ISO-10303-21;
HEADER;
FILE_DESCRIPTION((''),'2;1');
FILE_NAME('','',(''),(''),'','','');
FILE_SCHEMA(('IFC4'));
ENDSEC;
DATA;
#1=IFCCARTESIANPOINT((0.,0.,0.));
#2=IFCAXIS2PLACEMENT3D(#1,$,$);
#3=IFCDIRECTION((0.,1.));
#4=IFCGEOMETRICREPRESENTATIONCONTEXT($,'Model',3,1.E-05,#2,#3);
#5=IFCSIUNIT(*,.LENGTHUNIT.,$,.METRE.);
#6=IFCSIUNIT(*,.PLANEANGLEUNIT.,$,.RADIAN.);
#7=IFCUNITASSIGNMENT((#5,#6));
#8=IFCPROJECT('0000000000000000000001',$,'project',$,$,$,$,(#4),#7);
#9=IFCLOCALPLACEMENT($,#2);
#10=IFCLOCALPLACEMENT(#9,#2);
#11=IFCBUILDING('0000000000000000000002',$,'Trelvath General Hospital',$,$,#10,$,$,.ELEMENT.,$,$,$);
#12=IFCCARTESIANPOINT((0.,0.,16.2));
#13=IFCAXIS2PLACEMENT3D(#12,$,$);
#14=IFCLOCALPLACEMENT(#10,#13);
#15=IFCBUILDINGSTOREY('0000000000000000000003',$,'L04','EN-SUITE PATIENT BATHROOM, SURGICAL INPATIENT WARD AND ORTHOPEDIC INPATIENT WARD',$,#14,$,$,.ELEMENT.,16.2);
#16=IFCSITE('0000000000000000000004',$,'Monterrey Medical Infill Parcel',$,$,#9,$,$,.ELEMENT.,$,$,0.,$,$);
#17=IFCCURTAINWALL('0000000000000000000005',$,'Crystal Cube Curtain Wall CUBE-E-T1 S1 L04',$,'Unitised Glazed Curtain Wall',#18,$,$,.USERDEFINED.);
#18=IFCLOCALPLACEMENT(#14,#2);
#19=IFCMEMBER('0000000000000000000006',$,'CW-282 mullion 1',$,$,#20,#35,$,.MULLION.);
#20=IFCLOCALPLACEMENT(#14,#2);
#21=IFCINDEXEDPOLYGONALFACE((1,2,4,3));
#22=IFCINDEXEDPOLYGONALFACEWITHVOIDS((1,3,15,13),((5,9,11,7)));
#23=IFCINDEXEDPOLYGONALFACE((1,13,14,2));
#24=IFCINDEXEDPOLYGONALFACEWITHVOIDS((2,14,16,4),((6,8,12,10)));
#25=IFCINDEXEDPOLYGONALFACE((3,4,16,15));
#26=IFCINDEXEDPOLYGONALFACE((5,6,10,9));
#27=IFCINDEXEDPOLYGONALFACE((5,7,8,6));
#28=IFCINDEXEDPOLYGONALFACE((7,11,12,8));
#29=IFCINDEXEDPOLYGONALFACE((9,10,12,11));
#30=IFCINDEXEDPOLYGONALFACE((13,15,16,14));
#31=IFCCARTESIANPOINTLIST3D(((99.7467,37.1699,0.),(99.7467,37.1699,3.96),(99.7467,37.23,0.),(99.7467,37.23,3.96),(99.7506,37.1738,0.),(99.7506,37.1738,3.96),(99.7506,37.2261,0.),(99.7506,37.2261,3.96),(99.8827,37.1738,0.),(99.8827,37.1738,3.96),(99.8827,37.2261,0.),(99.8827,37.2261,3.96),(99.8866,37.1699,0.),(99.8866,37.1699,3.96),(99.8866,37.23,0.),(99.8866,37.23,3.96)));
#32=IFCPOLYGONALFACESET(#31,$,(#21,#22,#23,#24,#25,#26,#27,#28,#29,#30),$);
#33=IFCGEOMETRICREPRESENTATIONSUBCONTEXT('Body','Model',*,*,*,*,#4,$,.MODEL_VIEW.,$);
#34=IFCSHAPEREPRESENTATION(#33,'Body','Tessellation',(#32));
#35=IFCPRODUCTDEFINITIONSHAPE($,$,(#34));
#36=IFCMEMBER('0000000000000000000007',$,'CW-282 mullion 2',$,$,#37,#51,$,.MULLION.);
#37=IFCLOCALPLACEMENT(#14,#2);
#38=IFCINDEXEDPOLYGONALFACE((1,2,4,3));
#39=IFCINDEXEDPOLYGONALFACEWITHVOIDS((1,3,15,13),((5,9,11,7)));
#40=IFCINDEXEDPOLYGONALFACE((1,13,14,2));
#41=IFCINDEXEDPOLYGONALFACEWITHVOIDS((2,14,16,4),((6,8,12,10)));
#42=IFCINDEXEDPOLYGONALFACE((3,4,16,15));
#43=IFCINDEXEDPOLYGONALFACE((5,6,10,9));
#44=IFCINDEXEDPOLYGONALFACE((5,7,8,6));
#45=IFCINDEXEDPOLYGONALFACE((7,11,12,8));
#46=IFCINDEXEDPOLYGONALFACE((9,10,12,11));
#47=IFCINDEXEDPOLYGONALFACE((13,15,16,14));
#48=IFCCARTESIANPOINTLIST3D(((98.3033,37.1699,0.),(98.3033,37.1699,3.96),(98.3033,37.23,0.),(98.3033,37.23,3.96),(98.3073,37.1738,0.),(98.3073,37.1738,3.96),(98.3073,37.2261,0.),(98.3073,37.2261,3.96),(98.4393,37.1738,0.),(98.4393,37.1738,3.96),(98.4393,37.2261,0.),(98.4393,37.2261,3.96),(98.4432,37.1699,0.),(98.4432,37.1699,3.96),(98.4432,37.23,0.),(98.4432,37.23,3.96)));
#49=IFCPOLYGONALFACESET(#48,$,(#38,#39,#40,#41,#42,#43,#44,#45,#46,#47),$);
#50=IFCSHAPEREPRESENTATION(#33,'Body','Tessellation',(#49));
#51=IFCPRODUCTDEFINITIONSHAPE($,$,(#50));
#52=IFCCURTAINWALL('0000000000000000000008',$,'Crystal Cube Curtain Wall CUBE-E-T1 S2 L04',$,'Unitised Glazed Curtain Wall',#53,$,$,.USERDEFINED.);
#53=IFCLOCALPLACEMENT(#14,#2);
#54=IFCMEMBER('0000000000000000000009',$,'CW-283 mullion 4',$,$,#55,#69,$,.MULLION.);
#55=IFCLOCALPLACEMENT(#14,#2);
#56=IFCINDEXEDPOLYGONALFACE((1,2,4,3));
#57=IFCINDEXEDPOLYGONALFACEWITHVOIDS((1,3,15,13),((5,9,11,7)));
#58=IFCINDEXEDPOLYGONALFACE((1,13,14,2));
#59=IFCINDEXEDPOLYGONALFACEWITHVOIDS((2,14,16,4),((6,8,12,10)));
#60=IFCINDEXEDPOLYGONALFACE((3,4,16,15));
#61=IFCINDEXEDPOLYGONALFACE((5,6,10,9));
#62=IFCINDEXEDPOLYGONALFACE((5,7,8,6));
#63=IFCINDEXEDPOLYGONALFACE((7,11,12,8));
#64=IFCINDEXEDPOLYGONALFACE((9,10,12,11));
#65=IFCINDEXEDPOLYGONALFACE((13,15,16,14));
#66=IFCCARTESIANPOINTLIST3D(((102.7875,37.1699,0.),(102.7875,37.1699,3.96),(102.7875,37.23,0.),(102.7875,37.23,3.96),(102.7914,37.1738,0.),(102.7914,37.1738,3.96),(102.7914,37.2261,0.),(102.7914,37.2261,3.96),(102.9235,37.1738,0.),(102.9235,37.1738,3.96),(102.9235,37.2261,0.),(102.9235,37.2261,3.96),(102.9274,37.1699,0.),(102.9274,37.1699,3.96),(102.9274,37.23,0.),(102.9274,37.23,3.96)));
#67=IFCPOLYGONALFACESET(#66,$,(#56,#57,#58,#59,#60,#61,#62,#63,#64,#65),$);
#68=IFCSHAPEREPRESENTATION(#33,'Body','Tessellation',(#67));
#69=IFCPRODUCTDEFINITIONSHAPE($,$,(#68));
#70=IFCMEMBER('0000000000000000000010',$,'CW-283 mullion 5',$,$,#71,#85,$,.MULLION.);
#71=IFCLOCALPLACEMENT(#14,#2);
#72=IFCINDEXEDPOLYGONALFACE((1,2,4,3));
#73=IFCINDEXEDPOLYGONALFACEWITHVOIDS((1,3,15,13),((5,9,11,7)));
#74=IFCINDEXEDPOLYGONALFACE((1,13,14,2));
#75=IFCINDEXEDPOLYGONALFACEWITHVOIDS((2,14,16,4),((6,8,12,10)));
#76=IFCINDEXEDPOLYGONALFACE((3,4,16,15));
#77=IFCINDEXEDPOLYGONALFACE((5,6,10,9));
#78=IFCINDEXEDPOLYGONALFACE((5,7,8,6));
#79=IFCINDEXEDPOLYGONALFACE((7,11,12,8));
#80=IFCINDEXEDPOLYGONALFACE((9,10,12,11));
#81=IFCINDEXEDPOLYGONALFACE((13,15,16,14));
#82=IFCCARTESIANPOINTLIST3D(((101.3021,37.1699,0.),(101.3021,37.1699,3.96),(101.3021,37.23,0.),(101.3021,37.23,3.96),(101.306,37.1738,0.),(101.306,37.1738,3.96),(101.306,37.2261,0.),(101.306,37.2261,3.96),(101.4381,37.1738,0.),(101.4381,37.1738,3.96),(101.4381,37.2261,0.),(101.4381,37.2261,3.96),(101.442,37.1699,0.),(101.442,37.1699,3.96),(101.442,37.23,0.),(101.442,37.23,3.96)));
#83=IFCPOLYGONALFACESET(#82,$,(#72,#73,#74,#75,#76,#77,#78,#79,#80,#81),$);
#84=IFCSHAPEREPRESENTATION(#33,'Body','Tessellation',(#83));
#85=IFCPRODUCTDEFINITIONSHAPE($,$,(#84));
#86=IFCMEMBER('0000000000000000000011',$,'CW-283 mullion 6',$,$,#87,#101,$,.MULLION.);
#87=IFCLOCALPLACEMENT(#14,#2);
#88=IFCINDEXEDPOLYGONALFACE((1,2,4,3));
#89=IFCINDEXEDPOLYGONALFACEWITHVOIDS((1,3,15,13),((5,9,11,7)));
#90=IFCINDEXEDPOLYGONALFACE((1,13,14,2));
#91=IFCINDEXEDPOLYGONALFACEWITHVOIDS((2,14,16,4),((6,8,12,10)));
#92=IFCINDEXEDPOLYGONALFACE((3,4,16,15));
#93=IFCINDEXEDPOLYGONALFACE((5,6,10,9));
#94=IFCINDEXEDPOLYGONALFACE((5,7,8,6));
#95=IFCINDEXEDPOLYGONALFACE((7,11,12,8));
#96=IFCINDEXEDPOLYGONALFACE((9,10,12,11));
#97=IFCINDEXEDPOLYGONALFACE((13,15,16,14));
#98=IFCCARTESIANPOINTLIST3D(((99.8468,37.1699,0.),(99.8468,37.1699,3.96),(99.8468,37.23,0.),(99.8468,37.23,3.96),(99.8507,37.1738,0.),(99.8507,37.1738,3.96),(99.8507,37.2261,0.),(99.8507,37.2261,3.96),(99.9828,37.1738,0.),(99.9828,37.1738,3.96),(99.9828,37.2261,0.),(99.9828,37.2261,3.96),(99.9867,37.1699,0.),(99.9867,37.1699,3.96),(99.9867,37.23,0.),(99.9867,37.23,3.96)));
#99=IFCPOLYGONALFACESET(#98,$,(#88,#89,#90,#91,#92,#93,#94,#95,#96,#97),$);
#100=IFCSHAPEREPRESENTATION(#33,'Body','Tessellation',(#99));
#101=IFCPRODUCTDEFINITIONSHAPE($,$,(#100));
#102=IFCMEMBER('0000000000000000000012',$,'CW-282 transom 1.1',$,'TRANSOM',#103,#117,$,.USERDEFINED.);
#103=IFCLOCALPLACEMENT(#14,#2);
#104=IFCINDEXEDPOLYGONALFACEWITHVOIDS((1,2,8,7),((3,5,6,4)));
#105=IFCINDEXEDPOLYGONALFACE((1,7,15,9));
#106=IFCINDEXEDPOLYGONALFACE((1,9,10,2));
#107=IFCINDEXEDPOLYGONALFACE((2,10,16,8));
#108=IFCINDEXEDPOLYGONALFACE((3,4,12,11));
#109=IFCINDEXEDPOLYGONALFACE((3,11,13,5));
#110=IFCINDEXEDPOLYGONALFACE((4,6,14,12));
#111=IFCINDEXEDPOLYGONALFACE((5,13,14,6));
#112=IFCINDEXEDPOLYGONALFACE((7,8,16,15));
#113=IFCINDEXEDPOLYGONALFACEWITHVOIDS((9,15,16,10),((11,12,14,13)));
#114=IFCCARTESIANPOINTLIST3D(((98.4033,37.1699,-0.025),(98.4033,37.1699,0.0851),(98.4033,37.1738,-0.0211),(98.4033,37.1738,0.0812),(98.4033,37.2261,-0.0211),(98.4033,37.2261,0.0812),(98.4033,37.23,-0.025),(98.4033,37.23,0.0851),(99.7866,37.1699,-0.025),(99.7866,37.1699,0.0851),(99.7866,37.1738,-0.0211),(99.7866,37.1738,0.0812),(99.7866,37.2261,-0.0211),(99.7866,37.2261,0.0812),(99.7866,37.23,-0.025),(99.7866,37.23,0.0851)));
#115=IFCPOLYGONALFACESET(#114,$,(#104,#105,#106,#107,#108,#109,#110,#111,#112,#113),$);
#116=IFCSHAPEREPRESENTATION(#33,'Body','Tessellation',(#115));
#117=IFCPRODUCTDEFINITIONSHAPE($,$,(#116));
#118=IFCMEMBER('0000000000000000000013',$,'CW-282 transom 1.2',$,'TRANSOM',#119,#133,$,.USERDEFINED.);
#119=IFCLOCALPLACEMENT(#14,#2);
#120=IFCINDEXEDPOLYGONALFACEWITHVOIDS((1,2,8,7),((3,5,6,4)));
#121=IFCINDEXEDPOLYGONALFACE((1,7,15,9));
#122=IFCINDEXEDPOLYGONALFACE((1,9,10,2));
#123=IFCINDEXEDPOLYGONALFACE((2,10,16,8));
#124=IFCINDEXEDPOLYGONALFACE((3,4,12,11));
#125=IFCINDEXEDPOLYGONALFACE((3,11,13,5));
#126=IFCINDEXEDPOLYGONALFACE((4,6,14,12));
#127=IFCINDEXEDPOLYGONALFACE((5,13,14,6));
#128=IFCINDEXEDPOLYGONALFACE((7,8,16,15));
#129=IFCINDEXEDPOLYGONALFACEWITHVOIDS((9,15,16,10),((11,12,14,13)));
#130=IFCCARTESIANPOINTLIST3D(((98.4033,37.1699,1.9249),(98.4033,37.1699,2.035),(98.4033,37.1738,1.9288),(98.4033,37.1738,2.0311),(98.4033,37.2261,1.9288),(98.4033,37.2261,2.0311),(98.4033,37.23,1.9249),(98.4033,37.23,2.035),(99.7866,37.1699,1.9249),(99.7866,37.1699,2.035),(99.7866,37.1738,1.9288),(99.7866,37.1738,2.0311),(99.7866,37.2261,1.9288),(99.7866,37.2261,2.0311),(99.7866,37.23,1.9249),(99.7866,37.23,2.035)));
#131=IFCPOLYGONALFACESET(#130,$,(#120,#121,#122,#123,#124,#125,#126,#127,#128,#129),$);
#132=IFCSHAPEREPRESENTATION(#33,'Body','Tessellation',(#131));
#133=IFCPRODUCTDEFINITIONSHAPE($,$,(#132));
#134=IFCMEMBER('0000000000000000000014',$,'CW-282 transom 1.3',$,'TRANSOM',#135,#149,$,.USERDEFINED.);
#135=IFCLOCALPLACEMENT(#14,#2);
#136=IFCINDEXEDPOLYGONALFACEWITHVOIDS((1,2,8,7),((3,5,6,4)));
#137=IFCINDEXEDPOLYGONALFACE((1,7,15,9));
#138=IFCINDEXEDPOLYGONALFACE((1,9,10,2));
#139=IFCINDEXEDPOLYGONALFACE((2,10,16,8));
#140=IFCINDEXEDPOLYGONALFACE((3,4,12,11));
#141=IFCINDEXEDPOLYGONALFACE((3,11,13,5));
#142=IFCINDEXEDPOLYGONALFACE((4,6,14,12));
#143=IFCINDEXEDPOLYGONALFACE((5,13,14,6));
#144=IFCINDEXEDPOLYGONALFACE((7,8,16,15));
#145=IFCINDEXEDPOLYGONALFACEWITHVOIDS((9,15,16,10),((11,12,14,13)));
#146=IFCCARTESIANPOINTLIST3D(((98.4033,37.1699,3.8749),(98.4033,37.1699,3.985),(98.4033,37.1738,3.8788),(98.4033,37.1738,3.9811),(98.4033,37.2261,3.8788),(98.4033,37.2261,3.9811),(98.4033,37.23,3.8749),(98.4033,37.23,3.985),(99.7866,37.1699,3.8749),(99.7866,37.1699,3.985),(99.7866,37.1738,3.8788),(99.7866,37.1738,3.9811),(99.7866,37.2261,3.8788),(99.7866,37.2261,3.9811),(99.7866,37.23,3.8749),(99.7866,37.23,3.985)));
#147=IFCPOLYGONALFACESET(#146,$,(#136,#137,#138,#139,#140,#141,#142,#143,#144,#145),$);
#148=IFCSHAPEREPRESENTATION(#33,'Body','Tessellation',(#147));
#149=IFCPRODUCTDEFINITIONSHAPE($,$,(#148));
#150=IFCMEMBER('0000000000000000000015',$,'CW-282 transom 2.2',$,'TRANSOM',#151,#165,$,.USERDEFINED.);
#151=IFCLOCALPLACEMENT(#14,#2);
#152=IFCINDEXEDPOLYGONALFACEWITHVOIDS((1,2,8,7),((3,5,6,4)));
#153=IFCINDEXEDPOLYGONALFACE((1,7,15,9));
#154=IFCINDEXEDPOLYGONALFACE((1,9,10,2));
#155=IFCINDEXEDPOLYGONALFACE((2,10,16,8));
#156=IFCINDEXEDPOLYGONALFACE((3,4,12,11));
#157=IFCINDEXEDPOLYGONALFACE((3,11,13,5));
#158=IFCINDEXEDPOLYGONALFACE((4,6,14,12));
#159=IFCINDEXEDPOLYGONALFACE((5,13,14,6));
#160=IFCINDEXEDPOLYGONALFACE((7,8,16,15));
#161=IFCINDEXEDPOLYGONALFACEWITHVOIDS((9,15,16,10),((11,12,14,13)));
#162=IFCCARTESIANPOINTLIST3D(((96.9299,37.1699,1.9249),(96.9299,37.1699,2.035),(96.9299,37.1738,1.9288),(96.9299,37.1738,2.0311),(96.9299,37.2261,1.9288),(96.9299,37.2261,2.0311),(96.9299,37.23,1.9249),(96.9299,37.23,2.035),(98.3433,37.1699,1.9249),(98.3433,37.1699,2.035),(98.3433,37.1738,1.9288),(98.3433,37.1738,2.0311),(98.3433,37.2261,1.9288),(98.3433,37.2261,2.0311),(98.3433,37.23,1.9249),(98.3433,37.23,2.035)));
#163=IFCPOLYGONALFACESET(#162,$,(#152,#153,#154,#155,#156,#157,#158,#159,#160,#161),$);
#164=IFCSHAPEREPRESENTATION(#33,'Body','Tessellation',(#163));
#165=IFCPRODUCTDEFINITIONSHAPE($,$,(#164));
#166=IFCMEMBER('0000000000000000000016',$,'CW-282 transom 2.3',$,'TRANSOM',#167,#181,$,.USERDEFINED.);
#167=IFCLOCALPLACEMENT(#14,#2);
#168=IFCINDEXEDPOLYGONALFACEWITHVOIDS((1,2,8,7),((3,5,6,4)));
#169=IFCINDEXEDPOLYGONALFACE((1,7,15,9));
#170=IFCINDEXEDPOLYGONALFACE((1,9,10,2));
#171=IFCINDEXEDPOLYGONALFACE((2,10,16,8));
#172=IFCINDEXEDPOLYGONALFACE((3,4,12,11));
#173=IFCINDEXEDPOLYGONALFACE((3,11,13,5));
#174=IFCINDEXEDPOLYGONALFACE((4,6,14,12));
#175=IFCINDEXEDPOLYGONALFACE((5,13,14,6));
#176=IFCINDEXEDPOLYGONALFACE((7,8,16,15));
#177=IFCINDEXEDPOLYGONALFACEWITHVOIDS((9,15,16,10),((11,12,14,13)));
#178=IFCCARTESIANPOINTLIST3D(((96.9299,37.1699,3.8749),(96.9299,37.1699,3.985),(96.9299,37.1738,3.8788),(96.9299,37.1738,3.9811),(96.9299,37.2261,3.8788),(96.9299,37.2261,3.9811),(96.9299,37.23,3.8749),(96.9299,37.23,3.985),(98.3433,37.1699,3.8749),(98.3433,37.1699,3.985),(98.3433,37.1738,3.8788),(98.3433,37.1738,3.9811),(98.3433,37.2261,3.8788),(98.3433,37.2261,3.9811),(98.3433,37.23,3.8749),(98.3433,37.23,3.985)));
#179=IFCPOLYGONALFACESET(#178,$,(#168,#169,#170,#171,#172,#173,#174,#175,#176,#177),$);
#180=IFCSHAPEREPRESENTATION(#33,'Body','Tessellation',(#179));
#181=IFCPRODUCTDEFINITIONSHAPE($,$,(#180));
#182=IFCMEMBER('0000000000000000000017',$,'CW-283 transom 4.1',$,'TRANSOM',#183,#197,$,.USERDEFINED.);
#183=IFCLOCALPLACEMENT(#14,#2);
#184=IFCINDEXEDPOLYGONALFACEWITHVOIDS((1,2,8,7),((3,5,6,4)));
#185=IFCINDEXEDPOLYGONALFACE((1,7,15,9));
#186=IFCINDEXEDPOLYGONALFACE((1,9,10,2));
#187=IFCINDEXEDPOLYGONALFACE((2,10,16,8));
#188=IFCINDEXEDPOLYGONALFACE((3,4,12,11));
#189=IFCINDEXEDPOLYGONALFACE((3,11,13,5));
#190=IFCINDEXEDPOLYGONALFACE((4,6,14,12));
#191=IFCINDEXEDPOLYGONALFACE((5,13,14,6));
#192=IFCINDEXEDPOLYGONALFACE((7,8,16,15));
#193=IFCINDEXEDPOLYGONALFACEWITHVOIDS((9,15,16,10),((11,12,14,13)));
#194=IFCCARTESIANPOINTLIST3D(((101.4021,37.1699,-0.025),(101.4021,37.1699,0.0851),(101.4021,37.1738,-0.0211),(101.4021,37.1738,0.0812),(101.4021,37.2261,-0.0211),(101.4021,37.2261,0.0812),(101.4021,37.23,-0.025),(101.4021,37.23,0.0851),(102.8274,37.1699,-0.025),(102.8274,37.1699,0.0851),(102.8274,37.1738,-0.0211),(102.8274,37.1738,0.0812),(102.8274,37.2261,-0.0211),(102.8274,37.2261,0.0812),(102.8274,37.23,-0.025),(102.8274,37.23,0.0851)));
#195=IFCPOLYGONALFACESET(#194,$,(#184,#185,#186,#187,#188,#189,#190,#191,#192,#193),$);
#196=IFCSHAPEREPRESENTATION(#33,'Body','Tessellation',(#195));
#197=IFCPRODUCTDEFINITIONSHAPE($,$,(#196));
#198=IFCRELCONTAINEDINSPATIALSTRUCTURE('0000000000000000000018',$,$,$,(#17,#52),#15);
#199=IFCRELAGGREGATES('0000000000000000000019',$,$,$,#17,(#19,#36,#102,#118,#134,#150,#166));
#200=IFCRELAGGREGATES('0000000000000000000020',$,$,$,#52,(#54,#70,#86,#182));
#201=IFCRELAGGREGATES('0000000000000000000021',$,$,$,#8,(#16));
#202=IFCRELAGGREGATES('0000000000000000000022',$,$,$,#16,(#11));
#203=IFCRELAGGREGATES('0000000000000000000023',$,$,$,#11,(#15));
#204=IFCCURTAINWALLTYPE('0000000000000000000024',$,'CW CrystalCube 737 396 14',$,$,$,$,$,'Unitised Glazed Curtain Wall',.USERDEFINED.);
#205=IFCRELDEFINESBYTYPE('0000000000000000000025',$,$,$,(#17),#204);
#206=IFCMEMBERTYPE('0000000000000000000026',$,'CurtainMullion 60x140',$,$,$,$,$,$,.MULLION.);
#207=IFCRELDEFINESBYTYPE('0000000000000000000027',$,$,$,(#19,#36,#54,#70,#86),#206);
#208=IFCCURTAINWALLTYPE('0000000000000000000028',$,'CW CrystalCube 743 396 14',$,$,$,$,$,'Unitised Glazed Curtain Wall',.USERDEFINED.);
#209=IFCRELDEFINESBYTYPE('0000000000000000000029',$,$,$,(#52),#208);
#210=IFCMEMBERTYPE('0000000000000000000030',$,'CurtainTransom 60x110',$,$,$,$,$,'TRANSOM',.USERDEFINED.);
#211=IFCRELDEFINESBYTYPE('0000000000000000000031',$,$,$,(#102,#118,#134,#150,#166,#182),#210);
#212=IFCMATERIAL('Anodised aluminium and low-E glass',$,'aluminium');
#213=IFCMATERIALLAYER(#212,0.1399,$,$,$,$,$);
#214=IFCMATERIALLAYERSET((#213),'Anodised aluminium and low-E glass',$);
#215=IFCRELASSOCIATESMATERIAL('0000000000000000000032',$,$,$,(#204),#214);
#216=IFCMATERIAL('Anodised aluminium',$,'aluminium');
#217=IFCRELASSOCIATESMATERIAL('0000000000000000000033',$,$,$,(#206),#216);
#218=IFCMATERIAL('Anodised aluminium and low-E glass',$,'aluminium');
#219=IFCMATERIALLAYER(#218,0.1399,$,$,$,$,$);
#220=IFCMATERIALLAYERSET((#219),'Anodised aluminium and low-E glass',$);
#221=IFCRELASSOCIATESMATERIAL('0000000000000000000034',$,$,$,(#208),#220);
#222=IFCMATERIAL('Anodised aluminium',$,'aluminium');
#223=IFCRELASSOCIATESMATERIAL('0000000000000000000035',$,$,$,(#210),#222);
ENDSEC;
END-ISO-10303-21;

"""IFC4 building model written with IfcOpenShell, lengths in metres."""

from ifc_helpers import new_model, si_unit, direction, frame, origin, origin_2d, place, context, subcontext, project, spatial, hollow_rectangle, extrude, material, layer, layer_set, material_profile, profile_set, type_object, element, aggregate, save


model = new_model("IFC4")

# Units and contexts
model_context = context("Model", 3, precision=1e-05, world=origin(), true_north=direction((0.0, 1.0)))
body_context = subcontext(model_context, "Body", "Model", "MODEL_VIEW")
ifc_project = project(units=[si_unit("LENGTHUNIT", "METRE"), si_unit("PLANEANGLEUNIT", "RADIAN")], contexts=[model_context])

# Site, building, storey
site_placement = place(None, origin())
site = spatial("IfcSite", under=ifc_project, at=site_placement, Name="Monterrey Medical Infill Parcel", CompositionType="ELEMENT", RefElevation=0.0)
building_placement = place(site_placement, origin())
building = spatial("IfcBuilding", under=site, at=building_placement, Name="Trelvath General Hospital", CompositionType="ELEMENT")
storey_placement = place(building_placement, frame((0.0, 0.0, 16.2)))
storey = spatial("IfcBuildingStorey", under=building, at=storey_placement, Name="L04", Description="EN-SUITE PATIENT BATHROOM, SURGICAL INPATIENT WARD AND ORTHOPEDIC INPATIENT WARD", CompositionType="ELEMENT", Elevation=16.2)

# Curtain walls, members
ifc_material_1 = material(Name="Anodised aluminium and low-E glass", Category="aluminium")
ifc_layer_1 = layer(ifc_material_1, 0.1399)
ifc_layer_set_1 = layer_set([ifc_layer_1], Name="Anodised aluminium and low-E glass")
curtain_wall_type_1 = type_object("IfcCurtainWallType", Name="CW CrystalCube 737 396 14", ElementType="Unitised Glazed Curtain Wall", PredefinedType="USERDEFINED", material=ifc_layer_set_1)
curtain_wall_1_placement = place(storey_placement, origin())
curtain_wall_1 = element("IfcCurtainWall", 1, at=curtain_wall_1_placement, inside=storey, type_object=curtain_wall_type_1, Name="Crystal Cube Curtain Wall CUBE-E-T1 S1 L04", ObjectType="Unitised Glazed Curtain Wall", PredefinedType="USERDEFINED")
ifc_material_2 = material(Name="Anodised aluminium", Category="aluminium")
ifc_material_profile_1 = material_profile(ifc_material_2, hollow_rectangle(XDim=0.0601, YDim=0.1399, WallThickness=0.0039, at=origin_2d()), Name="RHS60x140x4")
ifc_profile_set_1 = profile_set([ifc_material_profile_1], Name="Anodised aluminium")
member_type_1 = type_object("IfcMemberType", Name="CurtainMullion 60x140", PredefinedType="MULLION", material=ifc_profile_set_1)
member_1_placement = place(storey_placement, frame((99.8167, 37.2, 0.0), z_axis=(0.0, 0.0, 1.0), x_axis=(0.0, -1.0, 0.0)))
member_1 = element("IfcMember", 2, at=member_1_placement, type_object=member_type_1, Name="CW-282 mullion 1", PredefinedType="MULLION", context=body_context, shape_type="SweptSolid", body=[
    extrude(hollow_rectangle(XDim=0.0601, YDim=0.1399, WallThickness=0.0039, at=origin_2d()), origin(), (0.0, 0.0, 1.0), 3.96),
])
member_2_placement = place(storey_placement, frame((98.3733, 37.2, 0.0), z_axis=(0.0, 0.0, 1.0), x_axis=(0.0, -1.0, 0.0)))
member_2 = element("IfcMember", 3, at=member_2_placement, type_object=member_type_1, Name="CW-282 mullion 2", PredefinedType="MULLION", context=body_context, shape_type="SweptSolid", body=[
    extrude(hollow_rectangle(XDim=0.0601, YDim=0.1399, WallThickness=0.0039, at=origin_2d()), origin(), (0.0, 0.0, 1.0), 3.96),
])
ifc_material_3 = material(Name="Anodised aluminium and low-E glass", Category="aluminium")
ifc_layer_2 = layer(ifc_material_3, 0.1399)
ifc_layer_set_2 = layer_set([ifc_layer_2], Name="Anodised aluminium and low-E glass")
curtain_wall_type_2 = type_object("IfcCurtainWallType", Name="CW CrystalCube 743 396 14", ElementType="Unitised Glazed Curtain Wall", PredefinedType="USERDEFINED", material=ifc_layer_set_2)
curtain_wall_2_placement = place(storey_placement, origin())
curtain_wall_2 = element("IfcCurtainWall", 4, at=curtain_wall_2_placement, inside=storey, type_object=curtain_wall_type_2, Name="Crystal Cube Curtain Wall CUBE-E-T1 S2 L04", ObjectType="Unitised Glazed Curtain Wall", PredefinedType="USERDEFINED")
member_3_placement = place(storey_placement, frame((102.8574, 37.2, 0.0), z_axis=(0.0, 0.0, 1.0), x_axis=(0.0, -1.0, 0.0)))
member_3 = element("IfcMember", 5, at=member_3_placement, type_object=member_type_1, Name="CW-283 mullion 4", PredefinedType="MULLION", context=body_context, shape_type="SweptSolid", body=[
    extrude(hollow_rectangle(XDim=0.0601, YDim=0.1399, WallThickness=0.0039, at=origin_2d()), origin(), (0.0, 0.0, 1.0), 3.96),
])
member_4_placement = place(storey_placement, frame((101.3721, 37.2, 0.0), z_axis=(0.0, 0.0, 1.0), x_axis=(0.0, -1.0, 0.0)))
member_4 = element("IfcMember", 6, at=member_4_placement, type_object=member_type_1, Name="CW-283 mullion 5", PredefinedType="MULLION", context=body_context, shape_type="SweptSolid", body=[
    extrude(hollow_rectangle(XDim=0.0601, YDim=0.1399, WallThickness=0.0039, at=origin_2d()), origin(), (0.0, 0.0, 1.0), 3.96),
])
member_5_placement = place(storey_placement, frame((99.9167, 37.2, 0.0), z_axis=(0.0, 0.0, 1.0), x_axis=(0.0, -1.0, 0.0)))
member_5 = element("IfcMember", 7, at=member_5_placement, type_object=member_type_1, Name="CW-283 mullion 6", PredefinedType="MULLION", context=body_context, shape_type="SweptSolid", body=[
    extrude(hollow_rectangle(XDim=0.0601, YDim=0.1399, WallThickness=0.0039, at=origin_2d()), origin(), (0.0, 0.0, 1.0), 3.96),
])

# Members
ifc_material_4 = material(Name="Anodised aluminium", Category="aluminium")
ifc_material_profile_2 = material_profile(ifc_material_4, hollow_rectangle(XDim=0.0601, YDim=0.1101, WallThickness=0.0039, at=origin_2d()), Name="RHS60x110x4")
ifc_profile_set_2 = profile_set([ifc_material_profile_2], Name="Anodised aluminium")
member_type_2 = type_object("IfcMemberType", Name="CurtainTransom 60x110", ElementType="TRANSOM", PredefinedType="USERDEFINED", material=ifc_profile_set_2)
member_6_placement = place(storey_placement, frame((99.7866, 37.2, 0.03), z_axis=(-1.0, 0.0, 0.0), x_axis=(0.0, -1.0, 0.0)))
member_6 = element("IfcMember", 8, at=member_6_placement, type_object=member_type_2, Name="CW-282 transom 1.1", ObjectType="TRANSOM", PredefinedType="USERDEFINED", context=body_context, shape_type="SweptSolid", body=[
    extrude(hollow_rectangle(XDim=0.0601, YDim=0.1101, WallThickness=0.0039, at=origin_2d()), origin(), (0.0, 0.0, 1.0), 1.3833),
])
member_7_placement = place(storey_placement, frame((99.7866, 37.2, 1.98), z_axis=(-1.0, 0.0, 0.0), x_axis=(0.0, -1.0, 0.0)))
member_7 = element("IfcMember", 9, at=member_7_placement, type_object=member_type_2, Name="CW-282 transom 1.2", ObjectType="TRANSOM", PredefinedType="USERDEFINED", context=body_context, shape_type="SweptSolid", body=[
    extrude(hollow_rectangle(XDim=0.0601, YDim=0.1101, WallThickness=0.0039, at=origin_2d()), origin(), (0.0, 0.0, 1.0), 1.3833),
])
member_8_placement = place(storey_placement, frame((99.7866, 37.2, 3.9299), z_axis=(-1.0, 0.0, 0.0), x_axis=(0.0, -1.0, 0.0)))
member_8 = element("IfcMember", 10, at=member_8_placement, type_object=member_type_2, Name="CW-282 transom 1.3", ObjectType="TRANSOM", PredefinedType="USERDEFINED", context=body_context, shape_type="SweptSolid", body=[
    extrude(hollow_rectangle(XDim=0.0601, YDim=0.1101, WallThickness=0.0039, at=origin_2d()), origin(), (0.0, 0.0, 1.0), 1.3833),
])
member_9_placement = place(storey_placement, frame((98.3433, 37.2, 1.98), z_axis=(-1.0, 0.0, 0.0), x_axis=(0.0, -1.0, 0.0)))
member_9 = element("IfcMember", 11, at=member_9_placement, type_object=member_type_2, Name="CW-282 transom 2.2", ObjectType="TRANSOM", PredefinedType="USERDEFINED", context=body_context, shape_type="SweptSolid", body=[
    extrude(hollow_rectangle(XDim=0.0601, YDim=0.1101, WallThickness=0.0039, at=origin_2d()), origin(), (0.0, 0.0, 1.0), 1.4133),
])
member_10_placement = place(storey_placement, frame((98.3433, 37.2, 3.9299), z_axis=(-1.0, 0.0, 0.0), x_axis=(0.0, -1.0, 0.0)))
member_10 = element("IfcMember", 12, at=member_10_placement, type_object=member_type_2, Name="CW-282 transom 2.3", ObjectType="TRANSOM", PredefinedType="USERDEFINED", context=body_context, shape_type="SweptSolid", body=[
    extrude(hollow_rectangle(XDim=0.0601, YDim=0.1101, WallThickness=0.0039, at=origin_2d()), origin(), (0.0, 0.0, 1.0), 1.4133),
])
member_11_placement = place(storey_placement, frame((102.8274, 37.2, 0.03), z_axis=(-1.0, 0.0, 0.0), x_axis=(0.0, -1.0, 0.0)))
member_11 = element("IfcMember", 13, at=member_11_placement, type_object=member_type_2, Name="CW-283 transom 4.1", ObjectType="TRANSOM", PredefinedType="USERDEFINED", context=body_context, shape_type="SweptSolid", body=[
    extrude(hollow_rectangle(XDim=0.0601, YDim=0.1101, WallThickness=0.0039, at=origin_2d()), origin(), (0.0, 0.0, 1.0), 1.4253),
])

aggregate(curtain_wall_1, [member_1, member_2, member_6, member_7, member_8, member_9, member_10])
aggregate(curtain_wall_2, [member_3, member_4, member_5, member_11])

save(model, "model.ifc")
